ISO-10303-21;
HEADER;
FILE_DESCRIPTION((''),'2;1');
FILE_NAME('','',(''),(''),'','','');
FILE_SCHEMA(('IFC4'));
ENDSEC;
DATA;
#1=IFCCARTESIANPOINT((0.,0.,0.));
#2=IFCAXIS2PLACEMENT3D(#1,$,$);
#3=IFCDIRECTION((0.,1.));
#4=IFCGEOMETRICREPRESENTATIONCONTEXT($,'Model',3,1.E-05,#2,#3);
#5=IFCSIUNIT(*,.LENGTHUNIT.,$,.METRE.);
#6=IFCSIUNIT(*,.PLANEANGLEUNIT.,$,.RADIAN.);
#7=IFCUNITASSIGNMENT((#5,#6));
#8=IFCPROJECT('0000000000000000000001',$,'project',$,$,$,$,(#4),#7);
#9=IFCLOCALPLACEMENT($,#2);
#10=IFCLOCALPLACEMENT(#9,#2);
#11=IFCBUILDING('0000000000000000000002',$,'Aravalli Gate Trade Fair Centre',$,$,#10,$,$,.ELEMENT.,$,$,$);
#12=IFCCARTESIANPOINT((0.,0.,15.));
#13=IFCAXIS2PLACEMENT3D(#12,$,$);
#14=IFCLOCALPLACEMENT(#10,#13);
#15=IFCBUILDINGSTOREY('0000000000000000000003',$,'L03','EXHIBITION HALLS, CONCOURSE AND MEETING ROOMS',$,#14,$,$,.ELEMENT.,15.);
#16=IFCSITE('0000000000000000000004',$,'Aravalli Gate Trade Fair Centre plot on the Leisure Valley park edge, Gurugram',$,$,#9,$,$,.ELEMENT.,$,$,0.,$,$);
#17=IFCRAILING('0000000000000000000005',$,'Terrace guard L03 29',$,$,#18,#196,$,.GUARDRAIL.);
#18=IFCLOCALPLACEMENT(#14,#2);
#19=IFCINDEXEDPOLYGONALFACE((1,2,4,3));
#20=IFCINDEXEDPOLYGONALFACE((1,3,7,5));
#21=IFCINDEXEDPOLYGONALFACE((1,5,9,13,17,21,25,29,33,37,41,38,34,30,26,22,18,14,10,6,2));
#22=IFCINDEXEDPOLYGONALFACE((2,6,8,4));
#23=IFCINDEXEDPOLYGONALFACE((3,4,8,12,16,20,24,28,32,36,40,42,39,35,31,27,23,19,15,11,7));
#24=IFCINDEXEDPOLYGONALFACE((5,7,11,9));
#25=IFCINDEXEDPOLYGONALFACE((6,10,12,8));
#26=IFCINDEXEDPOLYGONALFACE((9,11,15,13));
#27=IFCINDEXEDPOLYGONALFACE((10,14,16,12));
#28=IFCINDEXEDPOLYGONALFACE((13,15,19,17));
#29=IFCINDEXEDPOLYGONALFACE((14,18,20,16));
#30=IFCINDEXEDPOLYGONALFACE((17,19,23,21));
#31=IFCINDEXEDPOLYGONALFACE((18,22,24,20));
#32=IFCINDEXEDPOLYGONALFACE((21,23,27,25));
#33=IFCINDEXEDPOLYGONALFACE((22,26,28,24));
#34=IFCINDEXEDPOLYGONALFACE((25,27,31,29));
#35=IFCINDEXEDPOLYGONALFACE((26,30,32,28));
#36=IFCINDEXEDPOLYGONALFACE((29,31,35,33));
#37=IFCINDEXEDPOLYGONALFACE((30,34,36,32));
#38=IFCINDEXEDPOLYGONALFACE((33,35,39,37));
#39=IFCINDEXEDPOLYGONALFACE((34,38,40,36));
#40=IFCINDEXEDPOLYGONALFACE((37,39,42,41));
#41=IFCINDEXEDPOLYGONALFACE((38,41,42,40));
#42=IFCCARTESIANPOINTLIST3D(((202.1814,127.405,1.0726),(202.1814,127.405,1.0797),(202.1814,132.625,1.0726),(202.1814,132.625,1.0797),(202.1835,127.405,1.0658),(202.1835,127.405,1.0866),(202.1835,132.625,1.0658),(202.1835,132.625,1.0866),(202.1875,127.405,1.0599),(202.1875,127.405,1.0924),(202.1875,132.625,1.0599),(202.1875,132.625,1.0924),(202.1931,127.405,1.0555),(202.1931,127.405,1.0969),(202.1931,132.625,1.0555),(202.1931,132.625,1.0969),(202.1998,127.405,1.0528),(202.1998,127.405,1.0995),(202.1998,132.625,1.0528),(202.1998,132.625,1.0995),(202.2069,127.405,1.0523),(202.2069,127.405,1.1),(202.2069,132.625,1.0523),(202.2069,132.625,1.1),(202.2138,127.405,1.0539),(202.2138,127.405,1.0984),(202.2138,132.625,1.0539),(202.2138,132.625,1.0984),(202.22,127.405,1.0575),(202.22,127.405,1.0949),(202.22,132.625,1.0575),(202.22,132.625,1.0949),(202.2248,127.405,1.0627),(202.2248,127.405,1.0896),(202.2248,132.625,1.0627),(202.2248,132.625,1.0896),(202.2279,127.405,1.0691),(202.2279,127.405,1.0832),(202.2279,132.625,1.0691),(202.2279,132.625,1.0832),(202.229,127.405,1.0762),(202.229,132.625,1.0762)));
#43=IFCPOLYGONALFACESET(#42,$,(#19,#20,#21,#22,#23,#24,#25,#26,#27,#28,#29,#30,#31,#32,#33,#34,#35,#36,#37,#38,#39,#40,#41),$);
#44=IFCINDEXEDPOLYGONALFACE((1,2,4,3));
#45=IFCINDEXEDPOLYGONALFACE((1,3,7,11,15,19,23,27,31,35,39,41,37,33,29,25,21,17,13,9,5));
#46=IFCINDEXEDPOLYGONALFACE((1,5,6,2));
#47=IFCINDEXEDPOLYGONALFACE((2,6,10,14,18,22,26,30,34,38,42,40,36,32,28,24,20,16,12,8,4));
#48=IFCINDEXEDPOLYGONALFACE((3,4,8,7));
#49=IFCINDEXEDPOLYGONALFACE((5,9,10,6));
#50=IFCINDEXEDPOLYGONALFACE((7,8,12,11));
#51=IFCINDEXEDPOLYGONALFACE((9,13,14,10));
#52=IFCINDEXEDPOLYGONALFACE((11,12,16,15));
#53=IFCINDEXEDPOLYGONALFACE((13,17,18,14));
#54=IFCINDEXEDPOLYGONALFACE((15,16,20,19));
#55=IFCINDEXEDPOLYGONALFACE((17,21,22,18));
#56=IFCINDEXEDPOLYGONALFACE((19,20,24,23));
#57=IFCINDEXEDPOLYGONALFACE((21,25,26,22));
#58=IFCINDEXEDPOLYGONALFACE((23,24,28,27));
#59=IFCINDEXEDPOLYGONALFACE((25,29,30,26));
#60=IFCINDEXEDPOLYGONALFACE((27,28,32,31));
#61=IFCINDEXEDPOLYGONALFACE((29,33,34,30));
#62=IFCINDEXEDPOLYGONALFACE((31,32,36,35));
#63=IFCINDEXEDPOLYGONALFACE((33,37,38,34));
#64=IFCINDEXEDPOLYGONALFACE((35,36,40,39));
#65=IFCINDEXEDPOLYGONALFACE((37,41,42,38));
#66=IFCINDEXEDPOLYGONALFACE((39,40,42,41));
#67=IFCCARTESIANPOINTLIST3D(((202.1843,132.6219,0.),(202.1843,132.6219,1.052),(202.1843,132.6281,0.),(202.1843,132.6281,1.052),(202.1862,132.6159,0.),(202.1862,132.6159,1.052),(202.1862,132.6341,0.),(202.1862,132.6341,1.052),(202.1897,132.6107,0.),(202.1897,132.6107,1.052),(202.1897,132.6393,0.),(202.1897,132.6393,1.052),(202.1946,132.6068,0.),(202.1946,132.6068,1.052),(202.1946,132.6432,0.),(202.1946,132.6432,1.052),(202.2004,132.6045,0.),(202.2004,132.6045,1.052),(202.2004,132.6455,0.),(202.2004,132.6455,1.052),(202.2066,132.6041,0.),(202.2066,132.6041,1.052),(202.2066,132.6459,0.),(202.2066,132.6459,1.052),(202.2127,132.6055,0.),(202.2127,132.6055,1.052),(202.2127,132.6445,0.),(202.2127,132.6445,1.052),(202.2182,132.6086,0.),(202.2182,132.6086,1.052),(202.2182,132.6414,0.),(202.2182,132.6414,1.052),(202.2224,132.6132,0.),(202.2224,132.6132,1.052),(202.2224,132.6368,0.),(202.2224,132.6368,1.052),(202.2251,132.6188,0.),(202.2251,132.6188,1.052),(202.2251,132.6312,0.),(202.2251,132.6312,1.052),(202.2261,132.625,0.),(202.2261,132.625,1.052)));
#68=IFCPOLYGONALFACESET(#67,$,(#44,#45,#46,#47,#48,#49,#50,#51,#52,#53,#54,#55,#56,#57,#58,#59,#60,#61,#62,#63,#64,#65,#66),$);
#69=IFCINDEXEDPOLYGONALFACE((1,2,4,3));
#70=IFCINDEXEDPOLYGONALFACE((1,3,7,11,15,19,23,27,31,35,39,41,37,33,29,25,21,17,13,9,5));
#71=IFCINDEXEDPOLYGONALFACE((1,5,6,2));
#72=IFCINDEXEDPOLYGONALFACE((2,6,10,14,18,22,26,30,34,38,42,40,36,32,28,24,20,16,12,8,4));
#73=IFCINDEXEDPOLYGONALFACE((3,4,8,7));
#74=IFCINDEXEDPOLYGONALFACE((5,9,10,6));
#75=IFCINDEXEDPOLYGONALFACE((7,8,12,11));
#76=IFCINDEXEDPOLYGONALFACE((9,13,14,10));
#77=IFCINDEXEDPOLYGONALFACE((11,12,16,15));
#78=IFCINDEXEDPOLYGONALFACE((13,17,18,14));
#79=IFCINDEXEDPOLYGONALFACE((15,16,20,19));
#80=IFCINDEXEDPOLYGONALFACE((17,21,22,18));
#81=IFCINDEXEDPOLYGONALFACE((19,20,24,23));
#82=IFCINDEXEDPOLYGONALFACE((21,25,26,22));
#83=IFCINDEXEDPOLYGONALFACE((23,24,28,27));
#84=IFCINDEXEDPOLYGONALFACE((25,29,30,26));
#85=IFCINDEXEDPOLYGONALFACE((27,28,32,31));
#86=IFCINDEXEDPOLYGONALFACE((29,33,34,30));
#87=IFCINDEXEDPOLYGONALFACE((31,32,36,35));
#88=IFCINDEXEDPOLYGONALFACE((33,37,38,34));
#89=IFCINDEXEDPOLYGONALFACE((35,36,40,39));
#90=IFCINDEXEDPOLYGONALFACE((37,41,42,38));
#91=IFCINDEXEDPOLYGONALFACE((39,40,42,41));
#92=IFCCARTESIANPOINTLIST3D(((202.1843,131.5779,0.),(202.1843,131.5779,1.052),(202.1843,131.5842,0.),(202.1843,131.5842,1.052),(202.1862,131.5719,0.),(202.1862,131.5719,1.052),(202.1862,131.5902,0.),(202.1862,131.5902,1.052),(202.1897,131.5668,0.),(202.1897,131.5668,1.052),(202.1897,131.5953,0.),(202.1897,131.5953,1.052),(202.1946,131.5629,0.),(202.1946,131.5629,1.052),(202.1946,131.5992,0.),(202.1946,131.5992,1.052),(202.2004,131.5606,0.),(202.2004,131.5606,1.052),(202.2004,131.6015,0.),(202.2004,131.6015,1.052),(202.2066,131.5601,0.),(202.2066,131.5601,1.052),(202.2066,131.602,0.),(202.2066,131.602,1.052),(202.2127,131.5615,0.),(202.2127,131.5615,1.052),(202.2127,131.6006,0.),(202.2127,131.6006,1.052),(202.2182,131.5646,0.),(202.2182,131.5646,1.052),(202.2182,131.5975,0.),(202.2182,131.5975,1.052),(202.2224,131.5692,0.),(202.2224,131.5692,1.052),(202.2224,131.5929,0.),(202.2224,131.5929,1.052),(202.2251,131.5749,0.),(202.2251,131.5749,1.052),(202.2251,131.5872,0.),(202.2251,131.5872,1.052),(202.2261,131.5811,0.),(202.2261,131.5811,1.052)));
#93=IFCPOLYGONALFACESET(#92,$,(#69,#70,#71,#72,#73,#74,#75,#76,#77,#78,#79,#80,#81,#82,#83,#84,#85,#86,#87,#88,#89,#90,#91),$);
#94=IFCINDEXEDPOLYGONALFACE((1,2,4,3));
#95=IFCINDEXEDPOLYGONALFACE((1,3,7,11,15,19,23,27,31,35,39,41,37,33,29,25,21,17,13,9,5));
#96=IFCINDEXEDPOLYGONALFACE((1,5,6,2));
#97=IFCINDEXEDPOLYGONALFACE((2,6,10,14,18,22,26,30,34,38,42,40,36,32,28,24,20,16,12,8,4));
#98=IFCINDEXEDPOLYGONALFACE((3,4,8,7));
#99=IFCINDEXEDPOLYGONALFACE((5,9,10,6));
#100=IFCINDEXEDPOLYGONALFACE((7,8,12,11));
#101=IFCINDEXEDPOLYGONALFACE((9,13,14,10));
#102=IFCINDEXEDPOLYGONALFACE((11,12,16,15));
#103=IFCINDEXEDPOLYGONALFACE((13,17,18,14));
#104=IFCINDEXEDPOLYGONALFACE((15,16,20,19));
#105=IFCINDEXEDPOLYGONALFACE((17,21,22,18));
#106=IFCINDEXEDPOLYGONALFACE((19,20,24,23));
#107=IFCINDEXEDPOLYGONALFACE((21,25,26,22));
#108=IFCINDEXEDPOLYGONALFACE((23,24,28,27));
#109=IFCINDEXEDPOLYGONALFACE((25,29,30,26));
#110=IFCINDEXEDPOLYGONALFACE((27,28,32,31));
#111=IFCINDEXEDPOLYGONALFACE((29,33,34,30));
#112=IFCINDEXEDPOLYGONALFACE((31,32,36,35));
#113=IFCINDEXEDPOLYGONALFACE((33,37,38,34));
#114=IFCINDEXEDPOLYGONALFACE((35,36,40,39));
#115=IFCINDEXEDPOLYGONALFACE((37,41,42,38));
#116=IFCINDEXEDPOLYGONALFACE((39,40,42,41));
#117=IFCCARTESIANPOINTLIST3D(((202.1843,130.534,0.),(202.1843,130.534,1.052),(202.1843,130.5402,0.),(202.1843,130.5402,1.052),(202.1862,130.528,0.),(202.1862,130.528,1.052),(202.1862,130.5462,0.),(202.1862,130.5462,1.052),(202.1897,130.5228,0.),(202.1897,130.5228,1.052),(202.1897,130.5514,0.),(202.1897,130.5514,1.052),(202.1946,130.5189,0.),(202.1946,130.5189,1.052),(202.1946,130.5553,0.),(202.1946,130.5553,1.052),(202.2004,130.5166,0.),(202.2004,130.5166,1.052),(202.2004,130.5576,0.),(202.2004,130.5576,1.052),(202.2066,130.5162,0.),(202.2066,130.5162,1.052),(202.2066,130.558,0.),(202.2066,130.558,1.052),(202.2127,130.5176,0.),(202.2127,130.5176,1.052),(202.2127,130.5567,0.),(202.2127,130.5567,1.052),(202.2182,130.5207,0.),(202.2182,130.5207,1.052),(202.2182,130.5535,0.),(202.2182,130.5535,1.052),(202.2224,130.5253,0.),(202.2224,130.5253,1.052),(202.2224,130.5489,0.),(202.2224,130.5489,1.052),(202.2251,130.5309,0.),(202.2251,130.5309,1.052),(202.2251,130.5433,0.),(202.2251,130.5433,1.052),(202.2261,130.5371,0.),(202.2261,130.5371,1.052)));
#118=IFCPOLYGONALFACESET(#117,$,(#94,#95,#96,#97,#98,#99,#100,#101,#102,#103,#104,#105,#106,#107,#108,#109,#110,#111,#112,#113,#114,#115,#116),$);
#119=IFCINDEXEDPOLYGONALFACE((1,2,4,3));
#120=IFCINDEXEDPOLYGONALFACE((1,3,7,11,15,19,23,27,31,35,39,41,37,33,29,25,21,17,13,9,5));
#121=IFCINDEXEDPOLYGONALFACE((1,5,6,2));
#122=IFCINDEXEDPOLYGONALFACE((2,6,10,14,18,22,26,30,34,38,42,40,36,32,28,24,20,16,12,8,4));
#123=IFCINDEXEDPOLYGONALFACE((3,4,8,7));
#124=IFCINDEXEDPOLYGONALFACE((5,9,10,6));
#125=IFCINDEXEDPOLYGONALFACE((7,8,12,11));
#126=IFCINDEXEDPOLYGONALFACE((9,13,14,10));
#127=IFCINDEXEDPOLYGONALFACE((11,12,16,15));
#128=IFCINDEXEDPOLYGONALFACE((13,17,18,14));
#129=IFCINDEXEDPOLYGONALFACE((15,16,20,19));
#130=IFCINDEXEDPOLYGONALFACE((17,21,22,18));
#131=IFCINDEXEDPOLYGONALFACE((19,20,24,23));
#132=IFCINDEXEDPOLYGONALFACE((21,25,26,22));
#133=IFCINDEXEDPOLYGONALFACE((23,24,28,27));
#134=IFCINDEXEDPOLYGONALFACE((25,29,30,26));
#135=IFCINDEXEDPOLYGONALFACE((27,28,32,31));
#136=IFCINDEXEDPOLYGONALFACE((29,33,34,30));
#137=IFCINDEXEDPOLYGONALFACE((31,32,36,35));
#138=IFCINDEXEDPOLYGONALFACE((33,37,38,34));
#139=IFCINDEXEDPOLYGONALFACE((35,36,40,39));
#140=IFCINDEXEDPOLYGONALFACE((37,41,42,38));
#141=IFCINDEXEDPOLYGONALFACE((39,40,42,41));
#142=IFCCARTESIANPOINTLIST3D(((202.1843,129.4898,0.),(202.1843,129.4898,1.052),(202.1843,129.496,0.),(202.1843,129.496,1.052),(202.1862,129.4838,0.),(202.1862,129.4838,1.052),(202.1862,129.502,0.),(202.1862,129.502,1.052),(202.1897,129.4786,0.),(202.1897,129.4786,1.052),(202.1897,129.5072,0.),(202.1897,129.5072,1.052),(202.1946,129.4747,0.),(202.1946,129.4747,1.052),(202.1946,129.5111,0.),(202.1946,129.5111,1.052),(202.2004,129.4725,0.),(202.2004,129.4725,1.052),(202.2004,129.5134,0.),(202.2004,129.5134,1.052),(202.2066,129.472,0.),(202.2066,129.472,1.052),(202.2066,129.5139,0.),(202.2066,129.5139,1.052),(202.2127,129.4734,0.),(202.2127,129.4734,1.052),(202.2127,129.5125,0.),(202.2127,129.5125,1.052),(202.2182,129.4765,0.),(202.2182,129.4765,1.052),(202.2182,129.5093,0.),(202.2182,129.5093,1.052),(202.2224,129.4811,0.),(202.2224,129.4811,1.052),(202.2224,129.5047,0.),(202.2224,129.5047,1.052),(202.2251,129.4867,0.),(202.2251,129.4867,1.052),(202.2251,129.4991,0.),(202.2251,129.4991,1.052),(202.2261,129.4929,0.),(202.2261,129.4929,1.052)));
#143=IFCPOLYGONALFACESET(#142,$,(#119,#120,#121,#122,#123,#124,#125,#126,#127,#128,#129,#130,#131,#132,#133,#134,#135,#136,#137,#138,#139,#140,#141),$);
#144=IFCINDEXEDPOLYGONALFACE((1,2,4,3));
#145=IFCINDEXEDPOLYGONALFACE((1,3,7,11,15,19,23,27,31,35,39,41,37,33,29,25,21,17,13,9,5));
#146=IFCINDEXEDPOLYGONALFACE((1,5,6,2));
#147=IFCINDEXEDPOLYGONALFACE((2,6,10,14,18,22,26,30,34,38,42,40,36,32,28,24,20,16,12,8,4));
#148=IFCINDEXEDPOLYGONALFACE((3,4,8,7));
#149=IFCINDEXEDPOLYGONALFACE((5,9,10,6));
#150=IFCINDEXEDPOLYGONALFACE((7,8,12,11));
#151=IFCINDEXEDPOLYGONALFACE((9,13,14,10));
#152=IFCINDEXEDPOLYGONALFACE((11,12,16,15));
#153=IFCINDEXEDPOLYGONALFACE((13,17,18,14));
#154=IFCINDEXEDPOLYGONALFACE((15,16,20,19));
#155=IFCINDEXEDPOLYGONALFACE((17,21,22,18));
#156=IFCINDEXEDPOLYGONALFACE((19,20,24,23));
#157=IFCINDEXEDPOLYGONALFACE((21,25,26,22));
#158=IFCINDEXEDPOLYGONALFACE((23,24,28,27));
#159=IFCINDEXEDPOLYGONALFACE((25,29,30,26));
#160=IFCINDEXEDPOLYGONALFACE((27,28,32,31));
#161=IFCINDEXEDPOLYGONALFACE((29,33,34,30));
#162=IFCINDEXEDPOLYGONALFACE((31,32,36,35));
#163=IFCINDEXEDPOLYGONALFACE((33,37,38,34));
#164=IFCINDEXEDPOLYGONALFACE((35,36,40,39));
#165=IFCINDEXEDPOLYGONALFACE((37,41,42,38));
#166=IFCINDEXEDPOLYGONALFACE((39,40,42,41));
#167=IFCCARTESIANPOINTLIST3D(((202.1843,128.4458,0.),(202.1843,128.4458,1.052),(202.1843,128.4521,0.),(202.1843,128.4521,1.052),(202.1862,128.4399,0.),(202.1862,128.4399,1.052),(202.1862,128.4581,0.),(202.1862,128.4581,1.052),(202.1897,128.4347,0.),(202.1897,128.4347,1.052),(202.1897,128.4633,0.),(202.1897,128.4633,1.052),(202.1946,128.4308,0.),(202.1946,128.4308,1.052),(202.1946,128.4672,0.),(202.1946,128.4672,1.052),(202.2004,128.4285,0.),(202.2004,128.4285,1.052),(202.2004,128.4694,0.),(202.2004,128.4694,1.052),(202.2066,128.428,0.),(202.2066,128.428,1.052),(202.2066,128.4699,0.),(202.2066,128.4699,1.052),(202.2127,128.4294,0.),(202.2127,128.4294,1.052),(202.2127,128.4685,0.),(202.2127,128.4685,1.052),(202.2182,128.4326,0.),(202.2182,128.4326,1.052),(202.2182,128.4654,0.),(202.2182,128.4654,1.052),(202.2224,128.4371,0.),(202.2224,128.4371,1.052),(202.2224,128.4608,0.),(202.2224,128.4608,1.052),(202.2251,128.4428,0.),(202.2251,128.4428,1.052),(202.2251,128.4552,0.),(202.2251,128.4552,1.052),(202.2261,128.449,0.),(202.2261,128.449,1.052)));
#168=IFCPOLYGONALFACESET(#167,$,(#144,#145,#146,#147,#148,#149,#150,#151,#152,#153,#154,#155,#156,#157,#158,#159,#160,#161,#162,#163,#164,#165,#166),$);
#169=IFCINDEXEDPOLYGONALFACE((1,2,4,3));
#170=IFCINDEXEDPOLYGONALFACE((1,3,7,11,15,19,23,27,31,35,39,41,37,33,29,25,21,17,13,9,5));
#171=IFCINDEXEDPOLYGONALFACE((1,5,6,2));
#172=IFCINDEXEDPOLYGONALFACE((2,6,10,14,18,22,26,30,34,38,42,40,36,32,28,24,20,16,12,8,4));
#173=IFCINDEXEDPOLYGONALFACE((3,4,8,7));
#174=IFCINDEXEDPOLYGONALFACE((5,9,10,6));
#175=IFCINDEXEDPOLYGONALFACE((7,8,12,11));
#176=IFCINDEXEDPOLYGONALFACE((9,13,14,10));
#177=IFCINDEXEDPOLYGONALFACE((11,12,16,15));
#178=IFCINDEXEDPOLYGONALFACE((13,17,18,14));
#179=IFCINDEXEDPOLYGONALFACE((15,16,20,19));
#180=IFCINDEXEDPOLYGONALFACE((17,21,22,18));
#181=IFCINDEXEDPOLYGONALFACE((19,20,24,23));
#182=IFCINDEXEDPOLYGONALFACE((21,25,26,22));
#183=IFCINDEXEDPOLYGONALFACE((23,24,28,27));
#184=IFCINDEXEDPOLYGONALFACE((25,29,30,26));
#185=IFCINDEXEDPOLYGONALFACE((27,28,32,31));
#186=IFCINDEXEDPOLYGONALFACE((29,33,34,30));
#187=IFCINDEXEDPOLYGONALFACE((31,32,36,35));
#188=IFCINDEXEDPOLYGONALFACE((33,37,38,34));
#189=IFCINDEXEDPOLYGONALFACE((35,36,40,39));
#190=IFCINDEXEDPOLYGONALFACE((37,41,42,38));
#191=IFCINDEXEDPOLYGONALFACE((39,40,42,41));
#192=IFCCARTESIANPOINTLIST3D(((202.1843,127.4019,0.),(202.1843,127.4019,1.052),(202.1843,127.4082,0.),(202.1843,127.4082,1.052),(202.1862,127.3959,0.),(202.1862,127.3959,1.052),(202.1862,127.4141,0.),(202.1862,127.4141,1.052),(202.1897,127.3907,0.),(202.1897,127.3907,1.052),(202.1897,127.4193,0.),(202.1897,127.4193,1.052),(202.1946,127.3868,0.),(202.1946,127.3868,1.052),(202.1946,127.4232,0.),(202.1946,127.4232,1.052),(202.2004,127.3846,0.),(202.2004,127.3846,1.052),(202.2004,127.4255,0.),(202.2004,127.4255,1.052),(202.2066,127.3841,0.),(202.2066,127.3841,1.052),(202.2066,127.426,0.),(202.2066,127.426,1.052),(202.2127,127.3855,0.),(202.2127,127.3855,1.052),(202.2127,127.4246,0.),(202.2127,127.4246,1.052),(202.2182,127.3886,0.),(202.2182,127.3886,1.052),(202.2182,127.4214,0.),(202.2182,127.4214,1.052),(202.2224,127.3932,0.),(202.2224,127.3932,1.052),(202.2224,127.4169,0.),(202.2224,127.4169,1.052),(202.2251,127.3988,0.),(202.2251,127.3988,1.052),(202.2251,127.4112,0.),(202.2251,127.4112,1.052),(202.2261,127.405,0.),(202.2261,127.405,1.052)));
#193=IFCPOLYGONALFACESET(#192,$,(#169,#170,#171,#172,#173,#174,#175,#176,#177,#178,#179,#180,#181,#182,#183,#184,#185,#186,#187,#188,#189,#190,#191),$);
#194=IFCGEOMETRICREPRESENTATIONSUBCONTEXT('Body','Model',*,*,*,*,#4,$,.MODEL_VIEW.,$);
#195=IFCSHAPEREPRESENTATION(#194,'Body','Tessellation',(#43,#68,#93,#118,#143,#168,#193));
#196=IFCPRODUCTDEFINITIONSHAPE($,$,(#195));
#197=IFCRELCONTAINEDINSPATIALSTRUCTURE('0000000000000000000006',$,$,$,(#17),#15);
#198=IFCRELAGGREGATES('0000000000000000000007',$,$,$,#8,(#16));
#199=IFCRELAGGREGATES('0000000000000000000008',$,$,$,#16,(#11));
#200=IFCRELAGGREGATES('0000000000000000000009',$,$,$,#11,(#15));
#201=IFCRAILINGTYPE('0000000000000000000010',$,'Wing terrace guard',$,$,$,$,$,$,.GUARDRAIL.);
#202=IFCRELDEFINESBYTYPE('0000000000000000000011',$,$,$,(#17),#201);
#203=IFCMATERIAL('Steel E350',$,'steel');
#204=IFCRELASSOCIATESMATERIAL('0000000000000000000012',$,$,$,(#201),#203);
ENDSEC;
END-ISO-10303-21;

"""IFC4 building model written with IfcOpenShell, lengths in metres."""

from ifc_helpers import new_model, si_unit, direction, frame, origin, origin_2d, place, context, subcontext, project, spatial, circle, extrude, material, type_object, element, save


model = new_model("IFC4")

# Units and contexts
model_context = context("Model", 3, precision=1e-05, world=origin(), true_north=direction((0.0, 1.0)))
body_context = subcontext(model_context, "Body", "Model", "MODEL_VIEW")
ifc_project = project(units=[si_unit("LENGTHUNIT", "METRE"), si_unit("PLANEANGLEUNIT", "RADIAN")], contexts=[model_context])

# Site, building, storey
site_placement = place(None, origin())
site = spatial("IfcSite", under=ifc_project, at=site_placement, Name="Aravalli Gate Trade Fair Centre plot on the Leisure Valley park edge, Gurugram", CompositionType="ELEMENT", RefElevation=0.0)
building_placement = place(site_placement, origin())
building = spatial("IfcBuilding", under=site, at=building_placement, Name="Aravalli Gate Trade Fair Centre", CompositionType="ELEMENT")
storey_placement = place(building_placement, frame((0.0, 0.0, 15.0)))
storey = spatial("IfcBuildingStorey", under=building, at=storey_placement, Name="L03", Description="EXHIBITION HALLS, CONCOURSE AND MEETING ROOMS", CompositionType="ELEMENT", Elevation=15.0)

# Shared definitions
ifc_material_1 = material(Name="Steel E350", Category="steel")

# Railing
railing_type = type_object("IfcRailingType", Name="Wing terrace guard", PredefinedType="GUARDRAIL", material=ifc_material_1)
railing_1_placement = place(storey_placement, frame((202.2051, 132.625, 0.0)))
element("IfcRailing", 1, at=railing_1_placement, inside=storey, type_object=railing_type, Name="Terrace guard L03 29", PredefinedType="GUARDRAIL", context=body_context, shape_type="SweptSolid", body=[
    extrude(circle(Radius=0.0239, at=origin_2d()), frame((0.0, 0.0, 1.0762), z_axis=(0.0, -1.0, 0.0), x_axis=(1.0, 0.0, 0.0)), (0.0, 0.0, 1.0), 5.22),
    extrude(circle(Radius=0.021, at=origin_2d()), origin(), (0.0, 0.0, 1.0), 1.052),
    extrude(circle(Radius=0.021, at=origin_2d()), frame((0.0, -1.0439, 0.0)), (0.0, 0.0, 1.0), 1.052),
    extrude(circle(Radius=0.021, at=origin_2d()), frame((0.0, -2.0879, 0.0)), (0.0, 0.0, 1.0), 1.052),
    extrude(circle(Radius=0.021, at=origin_2d()), frame((0.0, -3.1321, 0.0)), (0.0, 0.0, 1.0), 1.052),
    extrude(circle(Radius=0.021, at=origin_2d()), frame((0.0, -4.176, 0.0)), (0.0, 0.0, 1.0), 1.052),
    extrude(circle(Radius=0.021, at=origin_2d()), frame((0.0, -5.22, 0.0)), (0.0, 0.0, 1.0), 1.052),
])

save(model, "model.ifc")
